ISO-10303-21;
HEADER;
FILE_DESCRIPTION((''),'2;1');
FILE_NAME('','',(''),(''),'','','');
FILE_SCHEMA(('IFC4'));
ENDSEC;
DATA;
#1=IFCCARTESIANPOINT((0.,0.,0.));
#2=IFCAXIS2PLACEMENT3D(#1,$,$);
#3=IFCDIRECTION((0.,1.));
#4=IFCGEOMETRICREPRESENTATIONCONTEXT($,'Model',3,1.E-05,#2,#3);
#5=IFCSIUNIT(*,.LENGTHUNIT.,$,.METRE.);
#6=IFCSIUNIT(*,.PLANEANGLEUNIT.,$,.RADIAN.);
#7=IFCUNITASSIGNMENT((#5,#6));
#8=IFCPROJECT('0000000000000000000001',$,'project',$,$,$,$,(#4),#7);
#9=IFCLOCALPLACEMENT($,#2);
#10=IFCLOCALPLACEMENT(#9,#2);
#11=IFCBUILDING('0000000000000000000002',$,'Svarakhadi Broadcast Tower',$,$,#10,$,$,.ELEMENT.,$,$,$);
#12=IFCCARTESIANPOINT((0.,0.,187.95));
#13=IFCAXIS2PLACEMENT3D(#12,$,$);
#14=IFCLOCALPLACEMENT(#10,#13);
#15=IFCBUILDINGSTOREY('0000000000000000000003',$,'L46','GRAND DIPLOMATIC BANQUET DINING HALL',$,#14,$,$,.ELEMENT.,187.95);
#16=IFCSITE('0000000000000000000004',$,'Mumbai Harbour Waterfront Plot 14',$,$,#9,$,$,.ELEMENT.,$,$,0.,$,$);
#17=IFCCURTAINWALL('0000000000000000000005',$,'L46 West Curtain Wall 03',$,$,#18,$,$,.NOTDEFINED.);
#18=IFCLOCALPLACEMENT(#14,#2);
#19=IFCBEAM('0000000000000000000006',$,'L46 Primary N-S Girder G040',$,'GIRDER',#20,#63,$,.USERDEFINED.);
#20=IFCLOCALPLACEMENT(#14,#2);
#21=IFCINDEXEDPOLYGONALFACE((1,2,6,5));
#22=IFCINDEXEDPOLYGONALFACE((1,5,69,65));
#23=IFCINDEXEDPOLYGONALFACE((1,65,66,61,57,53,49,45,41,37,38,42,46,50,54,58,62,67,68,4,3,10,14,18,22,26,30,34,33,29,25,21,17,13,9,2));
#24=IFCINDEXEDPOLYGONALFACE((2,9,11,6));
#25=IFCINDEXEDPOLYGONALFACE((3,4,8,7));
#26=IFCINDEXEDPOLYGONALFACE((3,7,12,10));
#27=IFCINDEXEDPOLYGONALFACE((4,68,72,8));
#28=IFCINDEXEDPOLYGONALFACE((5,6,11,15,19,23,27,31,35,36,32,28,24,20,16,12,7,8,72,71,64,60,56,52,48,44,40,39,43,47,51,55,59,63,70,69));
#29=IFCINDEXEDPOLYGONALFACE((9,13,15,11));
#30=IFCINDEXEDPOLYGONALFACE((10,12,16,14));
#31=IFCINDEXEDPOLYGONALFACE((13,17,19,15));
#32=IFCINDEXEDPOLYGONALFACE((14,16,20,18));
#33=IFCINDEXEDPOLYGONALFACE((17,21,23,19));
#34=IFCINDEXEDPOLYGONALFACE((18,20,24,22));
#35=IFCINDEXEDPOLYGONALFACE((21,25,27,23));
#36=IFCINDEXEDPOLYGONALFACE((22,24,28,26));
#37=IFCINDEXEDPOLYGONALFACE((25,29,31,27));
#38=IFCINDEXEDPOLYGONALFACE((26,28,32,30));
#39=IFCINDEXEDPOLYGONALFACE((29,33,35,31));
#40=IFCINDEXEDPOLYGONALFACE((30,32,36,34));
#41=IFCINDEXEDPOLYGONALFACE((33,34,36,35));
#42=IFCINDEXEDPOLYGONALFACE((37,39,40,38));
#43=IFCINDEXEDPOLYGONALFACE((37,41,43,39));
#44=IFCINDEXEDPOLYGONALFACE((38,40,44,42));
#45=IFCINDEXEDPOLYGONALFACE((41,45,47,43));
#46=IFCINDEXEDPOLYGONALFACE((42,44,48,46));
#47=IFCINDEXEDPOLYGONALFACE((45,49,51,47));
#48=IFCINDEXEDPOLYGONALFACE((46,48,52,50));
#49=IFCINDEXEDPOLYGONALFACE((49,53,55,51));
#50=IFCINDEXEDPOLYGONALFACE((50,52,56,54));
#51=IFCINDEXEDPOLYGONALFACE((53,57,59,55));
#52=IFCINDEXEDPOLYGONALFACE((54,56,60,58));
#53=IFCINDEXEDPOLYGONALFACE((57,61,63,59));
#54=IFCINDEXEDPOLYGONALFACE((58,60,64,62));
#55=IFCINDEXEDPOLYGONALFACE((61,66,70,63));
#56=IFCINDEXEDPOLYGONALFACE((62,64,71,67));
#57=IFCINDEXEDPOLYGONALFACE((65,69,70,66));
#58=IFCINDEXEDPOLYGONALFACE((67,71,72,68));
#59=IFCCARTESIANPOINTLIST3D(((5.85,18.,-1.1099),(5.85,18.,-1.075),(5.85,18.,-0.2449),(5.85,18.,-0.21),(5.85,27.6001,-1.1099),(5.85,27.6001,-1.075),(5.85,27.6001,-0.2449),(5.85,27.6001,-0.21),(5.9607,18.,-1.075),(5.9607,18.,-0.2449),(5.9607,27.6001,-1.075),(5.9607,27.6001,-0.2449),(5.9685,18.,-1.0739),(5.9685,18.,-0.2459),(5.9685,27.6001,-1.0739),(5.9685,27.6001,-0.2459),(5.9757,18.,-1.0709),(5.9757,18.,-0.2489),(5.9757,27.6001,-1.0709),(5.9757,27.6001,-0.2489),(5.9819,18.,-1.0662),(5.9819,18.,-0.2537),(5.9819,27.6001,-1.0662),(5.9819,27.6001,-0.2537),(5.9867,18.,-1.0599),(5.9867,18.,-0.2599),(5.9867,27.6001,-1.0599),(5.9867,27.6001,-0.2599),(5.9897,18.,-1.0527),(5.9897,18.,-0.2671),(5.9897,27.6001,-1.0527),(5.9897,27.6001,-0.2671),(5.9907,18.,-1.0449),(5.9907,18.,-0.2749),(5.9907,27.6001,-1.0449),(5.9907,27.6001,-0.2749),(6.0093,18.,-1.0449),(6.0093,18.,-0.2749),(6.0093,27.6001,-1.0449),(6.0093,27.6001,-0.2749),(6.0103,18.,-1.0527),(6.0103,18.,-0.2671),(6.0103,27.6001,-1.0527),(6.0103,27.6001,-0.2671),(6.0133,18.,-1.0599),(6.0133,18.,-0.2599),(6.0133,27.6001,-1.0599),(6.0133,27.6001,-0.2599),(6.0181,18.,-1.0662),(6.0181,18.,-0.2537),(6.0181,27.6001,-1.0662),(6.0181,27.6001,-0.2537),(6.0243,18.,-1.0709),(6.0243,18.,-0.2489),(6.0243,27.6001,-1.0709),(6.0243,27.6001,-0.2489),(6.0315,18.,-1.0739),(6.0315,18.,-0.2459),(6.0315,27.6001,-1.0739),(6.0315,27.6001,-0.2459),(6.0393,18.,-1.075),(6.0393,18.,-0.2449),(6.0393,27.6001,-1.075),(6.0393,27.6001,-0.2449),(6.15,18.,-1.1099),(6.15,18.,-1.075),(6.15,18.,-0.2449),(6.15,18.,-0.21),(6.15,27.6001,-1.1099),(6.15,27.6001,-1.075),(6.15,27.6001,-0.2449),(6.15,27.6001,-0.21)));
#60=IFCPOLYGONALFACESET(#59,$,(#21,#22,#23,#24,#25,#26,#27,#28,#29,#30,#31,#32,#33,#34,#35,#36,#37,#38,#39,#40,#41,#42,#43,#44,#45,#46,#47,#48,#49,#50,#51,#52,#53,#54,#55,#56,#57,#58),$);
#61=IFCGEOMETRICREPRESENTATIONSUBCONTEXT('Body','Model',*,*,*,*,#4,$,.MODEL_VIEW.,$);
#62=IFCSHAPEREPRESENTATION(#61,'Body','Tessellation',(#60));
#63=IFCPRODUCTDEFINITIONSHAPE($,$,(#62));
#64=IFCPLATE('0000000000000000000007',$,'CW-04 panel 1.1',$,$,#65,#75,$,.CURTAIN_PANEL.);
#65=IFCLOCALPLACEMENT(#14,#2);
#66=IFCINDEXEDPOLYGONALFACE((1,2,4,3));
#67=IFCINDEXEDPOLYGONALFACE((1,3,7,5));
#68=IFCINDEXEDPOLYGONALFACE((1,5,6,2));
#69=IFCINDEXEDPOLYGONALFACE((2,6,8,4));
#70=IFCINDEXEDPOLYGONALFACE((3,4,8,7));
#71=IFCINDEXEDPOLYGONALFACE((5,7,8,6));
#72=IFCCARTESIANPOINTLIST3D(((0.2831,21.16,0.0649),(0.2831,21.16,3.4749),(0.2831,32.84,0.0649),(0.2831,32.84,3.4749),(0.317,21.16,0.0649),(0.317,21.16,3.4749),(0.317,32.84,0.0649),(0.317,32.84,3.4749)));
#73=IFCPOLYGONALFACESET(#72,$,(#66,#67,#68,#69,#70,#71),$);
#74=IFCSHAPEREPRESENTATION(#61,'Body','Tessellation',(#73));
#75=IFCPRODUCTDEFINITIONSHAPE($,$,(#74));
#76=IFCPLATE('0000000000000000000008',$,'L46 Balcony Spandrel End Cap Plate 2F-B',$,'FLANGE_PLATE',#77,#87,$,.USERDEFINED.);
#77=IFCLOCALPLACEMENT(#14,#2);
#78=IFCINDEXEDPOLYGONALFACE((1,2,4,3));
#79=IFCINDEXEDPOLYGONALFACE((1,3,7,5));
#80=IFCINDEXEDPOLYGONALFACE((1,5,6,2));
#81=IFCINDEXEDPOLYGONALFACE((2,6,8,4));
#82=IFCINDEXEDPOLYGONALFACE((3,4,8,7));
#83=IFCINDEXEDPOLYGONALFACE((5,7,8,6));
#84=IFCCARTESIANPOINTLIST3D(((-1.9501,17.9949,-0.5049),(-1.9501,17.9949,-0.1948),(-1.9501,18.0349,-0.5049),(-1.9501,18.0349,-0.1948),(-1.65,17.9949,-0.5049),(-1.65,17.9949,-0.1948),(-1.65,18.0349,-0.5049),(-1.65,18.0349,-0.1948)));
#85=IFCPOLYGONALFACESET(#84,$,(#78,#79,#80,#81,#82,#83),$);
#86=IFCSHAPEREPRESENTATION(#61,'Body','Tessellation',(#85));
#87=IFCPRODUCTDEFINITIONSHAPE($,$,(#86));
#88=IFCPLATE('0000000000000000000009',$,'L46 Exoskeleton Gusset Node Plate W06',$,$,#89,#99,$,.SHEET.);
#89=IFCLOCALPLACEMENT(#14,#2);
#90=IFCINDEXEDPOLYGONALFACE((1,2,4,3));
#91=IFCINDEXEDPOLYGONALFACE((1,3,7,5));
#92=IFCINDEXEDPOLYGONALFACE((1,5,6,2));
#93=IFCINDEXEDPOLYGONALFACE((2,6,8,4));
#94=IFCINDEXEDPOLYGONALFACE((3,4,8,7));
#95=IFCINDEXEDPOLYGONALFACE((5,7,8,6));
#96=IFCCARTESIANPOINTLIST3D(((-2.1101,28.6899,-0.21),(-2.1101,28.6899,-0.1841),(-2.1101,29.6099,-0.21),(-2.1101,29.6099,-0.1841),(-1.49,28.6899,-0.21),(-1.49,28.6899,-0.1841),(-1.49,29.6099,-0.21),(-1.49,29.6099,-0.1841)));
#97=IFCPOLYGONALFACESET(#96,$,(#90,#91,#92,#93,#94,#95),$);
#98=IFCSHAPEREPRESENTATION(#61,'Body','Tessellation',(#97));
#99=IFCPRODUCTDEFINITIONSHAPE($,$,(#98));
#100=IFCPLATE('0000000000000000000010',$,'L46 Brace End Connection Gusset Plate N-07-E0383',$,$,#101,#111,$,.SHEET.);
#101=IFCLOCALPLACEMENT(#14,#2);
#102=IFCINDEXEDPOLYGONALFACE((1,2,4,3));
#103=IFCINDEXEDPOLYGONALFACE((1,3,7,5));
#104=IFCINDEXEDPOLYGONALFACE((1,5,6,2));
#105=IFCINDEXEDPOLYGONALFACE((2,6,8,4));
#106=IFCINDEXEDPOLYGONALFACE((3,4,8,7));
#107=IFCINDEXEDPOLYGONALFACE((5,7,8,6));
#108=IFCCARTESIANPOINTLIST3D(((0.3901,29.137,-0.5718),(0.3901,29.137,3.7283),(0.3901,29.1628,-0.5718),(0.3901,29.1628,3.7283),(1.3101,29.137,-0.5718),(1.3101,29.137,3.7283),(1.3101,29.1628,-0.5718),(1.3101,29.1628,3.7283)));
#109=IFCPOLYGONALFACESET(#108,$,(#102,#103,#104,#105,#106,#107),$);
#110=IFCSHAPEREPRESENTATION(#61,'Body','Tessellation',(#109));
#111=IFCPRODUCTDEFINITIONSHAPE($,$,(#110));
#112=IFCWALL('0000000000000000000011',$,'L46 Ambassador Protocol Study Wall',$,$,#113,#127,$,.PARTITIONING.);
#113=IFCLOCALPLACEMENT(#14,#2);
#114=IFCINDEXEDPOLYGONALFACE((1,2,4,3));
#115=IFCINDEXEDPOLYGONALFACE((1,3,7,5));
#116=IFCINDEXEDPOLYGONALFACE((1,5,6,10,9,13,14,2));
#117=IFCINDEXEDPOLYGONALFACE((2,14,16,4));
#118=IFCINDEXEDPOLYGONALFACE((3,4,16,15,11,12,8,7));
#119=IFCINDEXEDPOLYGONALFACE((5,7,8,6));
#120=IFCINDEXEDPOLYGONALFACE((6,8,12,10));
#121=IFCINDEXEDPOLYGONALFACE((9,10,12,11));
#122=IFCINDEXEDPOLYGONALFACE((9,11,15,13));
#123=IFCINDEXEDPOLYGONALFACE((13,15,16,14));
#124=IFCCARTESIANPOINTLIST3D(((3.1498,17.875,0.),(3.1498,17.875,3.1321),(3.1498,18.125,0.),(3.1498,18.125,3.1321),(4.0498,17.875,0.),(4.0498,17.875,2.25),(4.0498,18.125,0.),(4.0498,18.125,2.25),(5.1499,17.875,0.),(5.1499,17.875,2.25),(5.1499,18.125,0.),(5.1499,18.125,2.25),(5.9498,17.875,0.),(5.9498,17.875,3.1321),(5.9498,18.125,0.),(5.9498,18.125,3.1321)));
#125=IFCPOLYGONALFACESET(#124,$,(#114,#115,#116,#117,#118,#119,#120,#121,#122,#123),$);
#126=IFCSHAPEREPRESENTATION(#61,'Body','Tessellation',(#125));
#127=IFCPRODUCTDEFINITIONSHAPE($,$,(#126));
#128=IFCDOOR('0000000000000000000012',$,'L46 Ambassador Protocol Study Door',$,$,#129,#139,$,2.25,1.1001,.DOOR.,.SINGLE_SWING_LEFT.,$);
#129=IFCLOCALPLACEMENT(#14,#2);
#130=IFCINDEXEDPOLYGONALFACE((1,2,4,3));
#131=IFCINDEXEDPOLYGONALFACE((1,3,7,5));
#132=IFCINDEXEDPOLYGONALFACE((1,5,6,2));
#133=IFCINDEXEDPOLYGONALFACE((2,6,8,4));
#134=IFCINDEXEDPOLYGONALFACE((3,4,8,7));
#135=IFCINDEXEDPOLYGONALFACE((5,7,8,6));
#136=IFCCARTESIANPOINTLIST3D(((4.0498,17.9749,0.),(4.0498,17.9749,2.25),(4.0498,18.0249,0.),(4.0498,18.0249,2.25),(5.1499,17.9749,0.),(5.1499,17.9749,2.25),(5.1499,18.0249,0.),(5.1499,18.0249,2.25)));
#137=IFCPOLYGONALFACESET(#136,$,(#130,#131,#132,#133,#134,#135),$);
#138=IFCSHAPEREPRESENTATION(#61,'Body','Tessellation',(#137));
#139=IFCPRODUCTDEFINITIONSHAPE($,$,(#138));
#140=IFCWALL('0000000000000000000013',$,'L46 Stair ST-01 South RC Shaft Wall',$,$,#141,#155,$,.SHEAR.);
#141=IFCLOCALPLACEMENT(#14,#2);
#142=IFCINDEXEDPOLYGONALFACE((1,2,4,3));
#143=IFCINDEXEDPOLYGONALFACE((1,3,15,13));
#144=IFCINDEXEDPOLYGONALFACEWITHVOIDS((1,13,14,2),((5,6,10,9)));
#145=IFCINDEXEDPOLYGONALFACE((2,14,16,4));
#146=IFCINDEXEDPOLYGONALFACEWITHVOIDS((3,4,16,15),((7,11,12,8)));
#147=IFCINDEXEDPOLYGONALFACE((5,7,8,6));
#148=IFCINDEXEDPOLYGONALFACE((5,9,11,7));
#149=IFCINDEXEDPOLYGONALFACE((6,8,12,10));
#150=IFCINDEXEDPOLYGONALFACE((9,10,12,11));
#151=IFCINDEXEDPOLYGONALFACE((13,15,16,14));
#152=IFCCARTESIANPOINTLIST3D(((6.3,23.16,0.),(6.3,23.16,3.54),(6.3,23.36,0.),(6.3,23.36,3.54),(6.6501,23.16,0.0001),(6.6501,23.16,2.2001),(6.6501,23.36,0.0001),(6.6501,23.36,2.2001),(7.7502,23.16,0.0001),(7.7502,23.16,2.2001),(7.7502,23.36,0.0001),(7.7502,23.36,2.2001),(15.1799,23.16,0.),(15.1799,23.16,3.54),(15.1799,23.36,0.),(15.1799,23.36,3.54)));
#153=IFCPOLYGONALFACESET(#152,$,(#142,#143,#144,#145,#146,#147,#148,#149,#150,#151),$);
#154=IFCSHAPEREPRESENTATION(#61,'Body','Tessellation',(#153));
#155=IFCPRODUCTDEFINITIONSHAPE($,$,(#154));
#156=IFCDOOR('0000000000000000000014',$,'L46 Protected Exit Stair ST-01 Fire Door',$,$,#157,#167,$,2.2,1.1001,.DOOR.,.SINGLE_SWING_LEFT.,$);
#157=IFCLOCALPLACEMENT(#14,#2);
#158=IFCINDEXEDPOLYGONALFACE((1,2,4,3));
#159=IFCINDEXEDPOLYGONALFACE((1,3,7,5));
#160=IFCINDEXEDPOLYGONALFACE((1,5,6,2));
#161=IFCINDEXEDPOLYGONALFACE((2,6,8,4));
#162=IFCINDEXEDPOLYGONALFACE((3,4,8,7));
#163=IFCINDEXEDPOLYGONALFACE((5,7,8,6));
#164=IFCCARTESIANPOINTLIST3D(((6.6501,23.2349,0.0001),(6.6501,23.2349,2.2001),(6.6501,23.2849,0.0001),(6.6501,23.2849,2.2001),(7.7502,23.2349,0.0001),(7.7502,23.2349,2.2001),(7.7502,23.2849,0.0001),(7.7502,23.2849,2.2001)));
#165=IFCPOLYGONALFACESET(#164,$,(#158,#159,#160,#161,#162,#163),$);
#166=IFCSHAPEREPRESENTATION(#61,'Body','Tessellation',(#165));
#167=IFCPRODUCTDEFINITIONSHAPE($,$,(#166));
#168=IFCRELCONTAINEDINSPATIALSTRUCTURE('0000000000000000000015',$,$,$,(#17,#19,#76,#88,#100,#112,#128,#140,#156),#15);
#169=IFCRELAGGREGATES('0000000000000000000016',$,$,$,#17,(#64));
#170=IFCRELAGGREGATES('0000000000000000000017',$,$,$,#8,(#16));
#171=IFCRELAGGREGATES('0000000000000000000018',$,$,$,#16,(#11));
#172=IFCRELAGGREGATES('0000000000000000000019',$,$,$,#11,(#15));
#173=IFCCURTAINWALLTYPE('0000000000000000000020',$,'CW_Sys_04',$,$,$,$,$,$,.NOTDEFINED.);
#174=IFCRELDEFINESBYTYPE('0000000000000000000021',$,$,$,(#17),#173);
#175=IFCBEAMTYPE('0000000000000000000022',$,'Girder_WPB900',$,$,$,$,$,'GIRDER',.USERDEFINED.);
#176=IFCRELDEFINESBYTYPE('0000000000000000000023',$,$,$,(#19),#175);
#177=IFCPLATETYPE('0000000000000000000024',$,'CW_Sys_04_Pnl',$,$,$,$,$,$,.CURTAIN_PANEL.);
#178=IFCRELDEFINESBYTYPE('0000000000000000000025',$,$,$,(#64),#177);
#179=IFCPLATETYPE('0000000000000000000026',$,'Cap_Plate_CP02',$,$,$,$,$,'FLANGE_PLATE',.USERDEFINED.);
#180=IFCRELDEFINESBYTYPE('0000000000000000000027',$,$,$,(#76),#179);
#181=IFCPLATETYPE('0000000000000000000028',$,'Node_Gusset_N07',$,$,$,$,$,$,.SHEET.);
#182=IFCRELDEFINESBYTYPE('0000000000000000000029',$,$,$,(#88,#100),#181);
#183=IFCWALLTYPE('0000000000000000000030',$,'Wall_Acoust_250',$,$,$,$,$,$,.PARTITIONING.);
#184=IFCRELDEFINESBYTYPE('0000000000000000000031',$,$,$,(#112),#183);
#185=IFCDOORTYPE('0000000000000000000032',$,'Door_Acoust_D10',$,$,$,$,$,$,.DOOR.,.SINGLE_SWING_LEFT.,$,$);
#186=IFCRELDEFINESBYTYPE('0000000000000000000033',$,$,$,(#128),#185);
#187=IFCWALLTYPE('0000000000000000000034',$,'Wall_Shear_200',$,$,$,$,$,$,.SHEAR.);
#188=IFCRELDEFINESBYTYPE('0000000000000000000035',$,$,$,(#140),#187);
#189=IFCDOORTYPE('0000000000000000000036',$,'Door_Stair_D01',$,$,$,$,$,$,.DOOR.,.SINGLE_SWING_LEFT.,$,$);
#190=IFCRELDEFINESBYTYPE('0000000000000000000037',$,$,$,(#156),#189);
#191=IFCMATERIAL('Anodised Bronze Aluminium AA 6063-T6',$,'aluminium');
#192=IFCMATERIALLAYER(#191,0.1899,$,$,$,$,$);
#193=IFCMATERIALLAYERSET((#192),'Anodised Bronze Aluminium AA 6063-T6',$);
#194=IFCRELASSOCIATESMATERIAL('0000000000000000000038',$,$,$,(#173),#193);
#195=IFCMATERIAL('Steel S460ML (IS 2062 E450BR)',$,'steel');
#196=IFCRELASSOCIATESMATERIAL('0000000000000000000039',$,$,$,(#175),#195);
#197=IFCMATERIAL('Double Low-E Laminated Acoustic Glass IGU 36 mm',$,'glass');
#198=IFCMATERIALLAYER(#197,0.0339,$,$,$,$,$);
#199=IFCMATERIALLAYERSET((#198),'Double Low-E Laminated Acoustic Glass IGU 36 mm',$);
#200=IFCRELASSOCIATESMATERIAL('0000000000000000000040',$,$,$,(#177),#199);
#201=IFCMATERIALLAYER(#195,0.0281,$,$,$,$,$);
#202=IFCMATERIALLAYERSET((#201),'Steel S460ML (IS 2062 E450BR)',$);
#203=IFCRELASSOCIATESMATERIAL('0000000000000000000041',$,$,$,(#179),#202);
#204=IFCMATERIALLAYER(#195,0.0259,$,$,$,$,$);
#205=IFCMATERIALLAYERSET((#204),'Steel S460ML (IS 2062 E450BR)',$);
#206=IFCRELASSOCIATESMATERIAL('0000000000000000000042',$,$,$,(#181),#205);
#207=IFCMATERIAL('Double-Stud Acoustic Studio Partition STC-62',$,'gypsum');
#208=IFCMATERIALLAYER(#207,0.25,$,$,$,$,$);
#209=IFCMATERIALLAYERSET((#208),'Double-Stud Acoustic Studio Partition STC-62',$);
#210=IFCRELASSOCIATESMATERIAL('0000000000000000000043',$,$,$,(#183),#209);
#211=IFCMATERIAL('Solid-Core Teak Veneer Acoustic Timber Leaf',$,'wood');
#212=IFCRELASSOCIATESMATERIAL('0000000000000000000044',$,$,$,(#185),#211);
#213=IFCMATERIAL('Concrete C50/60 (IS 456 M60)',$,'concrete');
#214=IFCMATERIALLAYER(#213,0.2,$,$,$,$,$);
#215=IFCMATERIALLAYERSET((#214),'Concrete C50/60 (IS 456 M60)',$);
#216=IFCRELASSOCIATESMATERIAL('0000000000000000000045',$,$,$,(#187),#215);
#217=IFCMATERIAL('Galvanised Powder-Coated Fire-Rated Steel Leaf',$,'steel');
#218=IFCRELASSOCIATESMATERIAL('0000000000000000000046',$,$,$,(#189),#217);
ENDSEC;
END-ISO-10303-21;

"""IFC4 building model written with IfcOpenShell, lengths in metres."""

from ifc_helpers import new_model, si_unit, direction, frame, frame_2d, origin, origin_2d, place, context, subcontext, project, spatial, rectangle, i_section, extrude, material, layer, layer_set, material_profile, profile_set, type_object, element, fill, aggregate, save


model = new_model("IFC4")

# Units and contexts
model_context = context("Model", 3, precision=1e-05, world=origin(), true_north=direction((0.0, 1.0)))
body_context = subcontext(model_context, "Body", "Model", "MODEL_VIEW")
ifc_project = project(units=[si_unit("LENGTHUNIT", "METRE"), si_unit("PLANEANGLEUNIT", "RADIAN")], contexts=[model_context])

# Site, building, storey
site_placement = place(None, origin())
site = spatial("IfcSite", under=ifc_project, at=site_placement, Name="Mumbai Harbour Waterfront Plot 14", CompositionType="ELEMENT", RefElevation=0.0)
building_placement = place(site_placement, origin())
building = spatial("IfcBuilding", under=site, at=building_placement, Name="Svarakhadi Broadcast Tower", CompositionType="ELEMENT")
storey_placement = place(building_placement, frame((0.0, 0.0, 187.95)))
storey = spatial("IfcBuildingStorey", under=building, at=storey_placement, Name="L46", Description="GRAND DIPLOMATIC BANQUET DINING HALL", CompositionType="ELEMENT", Elevation=187.95)

# Shared definitions
ifc_material_1 = material(Name="Concrete C50/60 (IS 456 M60)", Category="concrete")
ifc_material_2 = material(Name="Steel S460ML (IS 2062 E450BR)", Category="steel")

# Curtain wall
ifc_material_3 = material(Name="Anodised Bronze Aluminium AA 6063-T6", Category="aluminium")
ifc_layer_1 = layer(ifc_material_3, 0.1899)
ifc_layer_set_1 = layer_set([ifc_layer_1], Name="Anodised Bronze Aluminium AA 6063-T6")
curtain_wall_type = type_object("IfcCurtainWallType", Name="CW_Sys_04", PredefinedType="NOTDEFINED", material=ifc_layer_set_1)
curtain_wall_placement = place(storey_placement, origin())
curtain_wall = element("IfcCurtainWall", 1, at=curtain_wall_placement, inside=storey, type_object=curtain_wall_type, Name="L46 West Curtain Wall 03", PredefinedType="NOTDEFINED")

# Beam
ifc_material_profile_1 = material_profile(ifc_material_2, i_section(OverallWidth=0.3, OverallDepth=0.8999, WebThickness=0.0186, FlangeThickness=0.0349, FilletRadius=0.03, at=origin_2d()), Name="WPB 900x300x291")
ifc_profile_set_1 = profile_set([ifc_material_profile_1], Name="Steel S460ML (IS 2062 E450BR)")
beam_type_1 = type_object("IfcBeamType", Name="Girder_WPB900", ElementType="GIRDER", PredefinedType="USERDEFINED", material=ifc_profile_set_1)
beam_1_placement = place(storey_placement, frame((6.0, 18.0, -0.6599), z_axis=(0.0, 1.0, 0.0), x_axis=(-1.0, 0.0, 0.0)))
element("IfcBeam", 2, at=beam_1_placement, inside=storey, type_object=beam_type_1, Name="L46 Primary N-S Girder G040", ObjectType="GIRDER", PredefinedType="USERDEFINED", context=body_context, shape_type="SweptSolid", body=[
    extrude(i_section(OverallWidth=0.3, OverallDepth=0.8999, WebThickness=0.0186, FlangeThickness=0.0349, FilletRadius=0.03, at=origin_2d()), origin(), (0.0, 0.0, 1.0), 9.6001),
])

# Plate
ifc_material_4 = material(Name="Double Low-E Laminated Acoustic Glass IGU 36 mm", Category="glass")
ifc_layer_2 = layer(ifc_material_4, 0.0339)
ifc_layer_set_2 = layer_set([ifc_layer_2], Name="Double Low-E Laminated Acoustic Glass IGU 36 mm")
plate_type_1 = type_object("IfcPlateType", Name="CW_Sys_04_Pnl", PredefinedType="CURTAIN_PANEL", material=ifc_layer_set_2)
plate_1_placement = place(storey_placement, frame((0.3, 27.0, 0.0649), z_axis=(0.0, 0.0, 1.0), x_axis=(0.0, 1.0, 0.0)))
plate_1 = element("IfcPlate", 3, at=plate_1_placement, type_object=plate_type_1, Name="CW-04 panel 1.1", PredefinedType="CURTAIN_PANEL", context=body_context, shape_type="SweptSolid", body=[
    extrude(rectangle(XDim=11.6799, YDim=0.0339, at=origin_2d()), origin(), (0.0, 0.0, 1.0), 3.4099),
])
aggregate(curtain_wall, [plate_1])

# Plates
ifc_layer_3 = layer(ifc_material_2, 0.0281)
ifc_layer_set_3 = layer_set([ifc_layer_3], Name="Steel S460ML (IS 2062 E450BR)")
plate_type_2 = type_object("IfcPlateType", Name="Cap_Plate_CP02", ElementType="FLANGE_PLATE", PredefinedType="USERDEFINED", material=ifc_layer_set_3)
plate_2_placement = place(storey_placement, frame((-1.8, 18.0149, -0.5049), z_axis=(0.0, 0.0, 1.0), x_axis=(1.0, 0.0, 0.0)))
element("IfcPlate", 4, at=plate_2_placement, inside=storey, type_object=plate_type_2, Name="L46 Balcony Spandrel End Cap Plate 2F-B", ObjectType="FLANGE_PLATE", PredefinedType="USERDEFINED", context=body_context, shape_type="SweptSolid", body=[
    extrude(rectangle(XDim=0.3, YDim=0.04, at=origin_2d()), origin(), (0.0, 0.0, 1.0), 0.3101),
])
ifc_layer_4 = layer(ifc_material_2, 0.0259)
ifc_layer_set_4 = layer_set([ifc_layer_4], Name="Steel S460ML (IS 2062 E450BR)")
plate_type_3 = type_object("IfcPlateType", Name="Node_Gusset_N07", PredefinedType="SHEET", material=ifc_layer_set_4)
plate_3_placement = place(storey_placement, frame((-1.8, 29.1499, -0.21), z_axis=(0.0, 0.0, 1.0), x_axis=(0.0, 1.0, 0.0)))
element("IfcPlate", 5, at=plate_3_placement, inside=storey, type_object=plate_type_3, Name="L46 Exoskeleton Gusset Node Plate W06", PredefinedType="SHEET", context=body_context, shape_type="SweptSolid", body=[
    extrude(rectangle(XDim=0.9199, YDim=0.6201, at=origin_2d()), origin(), (0.0, 0.0, 1.0), 0.0259),
])
plate_4_placement = place(storey_placement, frame((0.8501, 29.1499, -0.5718), z_axis=(0.0, 0.0, 1.0), x_axis=(1.0, 0.0, 0.0)))
element("IfcPlate", 6, at=plate_4_placement, inside=storey, type_object=plate_type_3, Name="L46 Brace End Connection Gusset Plate N-07-E0383", PredefinedType="SHEET", context=body_context, shape_type="SweptSolid", body=[
    extrude(rectangle(XDim=0.9199, YDim=0.0259, at=origin_2d()), origin(), (0.0, 0.0, 1.0), 4.3),
])

# Walls, openings, doors
ifc_material_5 = material(Name="Double-Stud Acoustic Studio Partition STC-62", Category="gypsum")
ifc_layer_5 = layer(ifc_material_5, 0.25)
ifc_layer_set_5 = layer_set([ifc_layer_5], Name="Double-Stud Acoustic Studio Partition STC-62")
wall_type_1 = type_object("IfcWallType", Name="Wall_Acoust_250", PredefinedType="PARTITIONING", material=ifc_layer_set_5)
wall_1_placement = place(storey_placement, frame((3.1499, 18.0, 0.0), z_axis=(0.0, 0.0, 1.0), x_axis=(1.0, 0.0, 0.0)))
wall_1 = element("IfcWall", 7, at=wall_1_placement, inside=storey, type_object=wall_type_1, Name="L46 Ambassador Protocol Study Wall", PredefinedType="PARTITIONING", context=body_context, shape_type="SweptSolid", body=[
    extrude(rectangle(XDim=2.8, YDim=0.25, at=frame_2d((1.3999, 0.0))), origin(), (0.0, 0.0, 1.0), 3.1321),
])
opening_1_placement = place(wall_1_placement, frame((0.8999, 0.0, 0.0)))
opening_1 = element("IfcOpeningElement", 8, at=opening_1_placement, cuts=wall_1, PredefinedType="OPENING", context=body_context, shape_type="SweptSolid", body=[
    extrude(rectangle(XDim=1.1001, YDim=2.25, at=frame_2d((0.55, 1.125))), frame((0.0, 0.135, 0.0), z_axis=(0.0, -1.0, 0.0), x_axis=(1.0, 0.0, 0.0)), (0.0, 0.0, 1.0), 0.27),
])
ifc_material_6 = material(Name="Solid-Core Teak Veneer Acoustic Timber Leaf", Category="wood")
door_type_1 = type_object("IfcDoorType", Name="Door_Acoust_D10", OperationType="SINGLE_SWING_LEFT", PredefinedType="DOOR", material=ifc_material_6)
door_1_placement = place(opening_1_placement, origin())
door_1 = element("IfcDoor", 9, at=door_1_placement, inside=storey, type_object=door_type_1, Name="L46 Ambassador Protocol Study Door", OperationType="SINGLE_SWING_LEFT", OverallHeight=2.25, OverallWidth=1.1001, PredefinedType="DOOR", context=body_context, shape_type="SweptSolid", body=[
    extrude(rectangle(XDim=1.1001, YDim=2.25, at=frame_2d((0.55, 1.125))), frame((0.0, 0.0249, 0.0), z_axis=(0.0, -1.0, 0.0), x_axis=(1.0, 0.0, 0.0)), (0.0, 0.0, 1.0), 0.05),
])
fill(opening_1, door_1)
ifc_layer_6 = layer(ifc_material_1, 0.2)
ifc_layer_set_6 = layer_set([ifc_layer_6], Name="Concrete C50/60 (IS 456 M60)")
wall_type_2 = type_object("IfcWallType", Name="Wall_Shear_200", PredefinedType="SHEAR", material=ifc_layer_set_6)
wall_2_placement = place(storey_placement, frame((6.3, 23.26, 0.0), z_axis=(0.0, 0.0, 1.0), x_axis=(1.0, 0.0, 0.0)))
wall_2 = element("IfcWall", 10, at=wall_2_placement, inside=storey, type_object=wall_type_2, Name="L46 Stair ST-01 South RC Shaft Wall", PredefinedType="SHEAR", context=body_context, shape_type="SweptSolid", body=[
    extrude(rectangle(XDim=8.8799, YDim=0.2, at=frame_2d((4.4399, 0.0))), origin(), (0.0, 0.0, 1.0), 3.54),
])
opening_2_placement = place(wall_2_placement, frame((0.3501, 0.0, 0.0)))
opening_2 = element("IfcOpeningElement", 11, at=opening_2_placement, cuts=wall_2, PredefinedType="OPENING", context=body_context, shape_type="SweptSolid", body=[
    extrude(rectangle(XDim=1.1001, YDim=2.2, at=frame_2d((0.55, 1.1001))), frame((0.0, 0.1099, 0.0), z_axis=(0.0, -1.0, 0.0), x_axis=(1.0, 0.0, 0.0)), (0.0, 0.0, 1.0), 0.22),
])
ifc_material_7 = material(Name="Galvanised Powder-Coated Fire-Rated Steel Leaf", Category="steel")
door_type_2 = type_object("IfcDoorType", Name="Door_Stair_D01", OperationType="SINGLE_SWING_LEFT", PredefinedType="DOOR", material=ifc_material_7)
door_2_placement = place(opening_2_placement, origin())
door_2 = element("IfcDoor", 12, at=door_2_placement, inside=storey, type_object=door_type_2, Name="L46 Protected Exit Stair ST-01 Fire Door", OperationType="SINGLE_SWING_LEFT", OverallHeight=2.2, OverallWidth=1.1001, PredefinedType="DOOR", context=body_context, shape_type="SweptSolid", body=[
    extrude(rectangle(XDim=1.1001, YDim=2.2, at=frame_2d((0.55, 1.1001))), frame((0.0, 0.0249, 0.0), z_axis=(0.0, -1.0, 0.0), x_axis=(1.0, 0.0, 0.0)), (0.0, 0.0, 1.0), 0.05),
])
fill(opening_2, door_2)

save(model, "model.ifc")
